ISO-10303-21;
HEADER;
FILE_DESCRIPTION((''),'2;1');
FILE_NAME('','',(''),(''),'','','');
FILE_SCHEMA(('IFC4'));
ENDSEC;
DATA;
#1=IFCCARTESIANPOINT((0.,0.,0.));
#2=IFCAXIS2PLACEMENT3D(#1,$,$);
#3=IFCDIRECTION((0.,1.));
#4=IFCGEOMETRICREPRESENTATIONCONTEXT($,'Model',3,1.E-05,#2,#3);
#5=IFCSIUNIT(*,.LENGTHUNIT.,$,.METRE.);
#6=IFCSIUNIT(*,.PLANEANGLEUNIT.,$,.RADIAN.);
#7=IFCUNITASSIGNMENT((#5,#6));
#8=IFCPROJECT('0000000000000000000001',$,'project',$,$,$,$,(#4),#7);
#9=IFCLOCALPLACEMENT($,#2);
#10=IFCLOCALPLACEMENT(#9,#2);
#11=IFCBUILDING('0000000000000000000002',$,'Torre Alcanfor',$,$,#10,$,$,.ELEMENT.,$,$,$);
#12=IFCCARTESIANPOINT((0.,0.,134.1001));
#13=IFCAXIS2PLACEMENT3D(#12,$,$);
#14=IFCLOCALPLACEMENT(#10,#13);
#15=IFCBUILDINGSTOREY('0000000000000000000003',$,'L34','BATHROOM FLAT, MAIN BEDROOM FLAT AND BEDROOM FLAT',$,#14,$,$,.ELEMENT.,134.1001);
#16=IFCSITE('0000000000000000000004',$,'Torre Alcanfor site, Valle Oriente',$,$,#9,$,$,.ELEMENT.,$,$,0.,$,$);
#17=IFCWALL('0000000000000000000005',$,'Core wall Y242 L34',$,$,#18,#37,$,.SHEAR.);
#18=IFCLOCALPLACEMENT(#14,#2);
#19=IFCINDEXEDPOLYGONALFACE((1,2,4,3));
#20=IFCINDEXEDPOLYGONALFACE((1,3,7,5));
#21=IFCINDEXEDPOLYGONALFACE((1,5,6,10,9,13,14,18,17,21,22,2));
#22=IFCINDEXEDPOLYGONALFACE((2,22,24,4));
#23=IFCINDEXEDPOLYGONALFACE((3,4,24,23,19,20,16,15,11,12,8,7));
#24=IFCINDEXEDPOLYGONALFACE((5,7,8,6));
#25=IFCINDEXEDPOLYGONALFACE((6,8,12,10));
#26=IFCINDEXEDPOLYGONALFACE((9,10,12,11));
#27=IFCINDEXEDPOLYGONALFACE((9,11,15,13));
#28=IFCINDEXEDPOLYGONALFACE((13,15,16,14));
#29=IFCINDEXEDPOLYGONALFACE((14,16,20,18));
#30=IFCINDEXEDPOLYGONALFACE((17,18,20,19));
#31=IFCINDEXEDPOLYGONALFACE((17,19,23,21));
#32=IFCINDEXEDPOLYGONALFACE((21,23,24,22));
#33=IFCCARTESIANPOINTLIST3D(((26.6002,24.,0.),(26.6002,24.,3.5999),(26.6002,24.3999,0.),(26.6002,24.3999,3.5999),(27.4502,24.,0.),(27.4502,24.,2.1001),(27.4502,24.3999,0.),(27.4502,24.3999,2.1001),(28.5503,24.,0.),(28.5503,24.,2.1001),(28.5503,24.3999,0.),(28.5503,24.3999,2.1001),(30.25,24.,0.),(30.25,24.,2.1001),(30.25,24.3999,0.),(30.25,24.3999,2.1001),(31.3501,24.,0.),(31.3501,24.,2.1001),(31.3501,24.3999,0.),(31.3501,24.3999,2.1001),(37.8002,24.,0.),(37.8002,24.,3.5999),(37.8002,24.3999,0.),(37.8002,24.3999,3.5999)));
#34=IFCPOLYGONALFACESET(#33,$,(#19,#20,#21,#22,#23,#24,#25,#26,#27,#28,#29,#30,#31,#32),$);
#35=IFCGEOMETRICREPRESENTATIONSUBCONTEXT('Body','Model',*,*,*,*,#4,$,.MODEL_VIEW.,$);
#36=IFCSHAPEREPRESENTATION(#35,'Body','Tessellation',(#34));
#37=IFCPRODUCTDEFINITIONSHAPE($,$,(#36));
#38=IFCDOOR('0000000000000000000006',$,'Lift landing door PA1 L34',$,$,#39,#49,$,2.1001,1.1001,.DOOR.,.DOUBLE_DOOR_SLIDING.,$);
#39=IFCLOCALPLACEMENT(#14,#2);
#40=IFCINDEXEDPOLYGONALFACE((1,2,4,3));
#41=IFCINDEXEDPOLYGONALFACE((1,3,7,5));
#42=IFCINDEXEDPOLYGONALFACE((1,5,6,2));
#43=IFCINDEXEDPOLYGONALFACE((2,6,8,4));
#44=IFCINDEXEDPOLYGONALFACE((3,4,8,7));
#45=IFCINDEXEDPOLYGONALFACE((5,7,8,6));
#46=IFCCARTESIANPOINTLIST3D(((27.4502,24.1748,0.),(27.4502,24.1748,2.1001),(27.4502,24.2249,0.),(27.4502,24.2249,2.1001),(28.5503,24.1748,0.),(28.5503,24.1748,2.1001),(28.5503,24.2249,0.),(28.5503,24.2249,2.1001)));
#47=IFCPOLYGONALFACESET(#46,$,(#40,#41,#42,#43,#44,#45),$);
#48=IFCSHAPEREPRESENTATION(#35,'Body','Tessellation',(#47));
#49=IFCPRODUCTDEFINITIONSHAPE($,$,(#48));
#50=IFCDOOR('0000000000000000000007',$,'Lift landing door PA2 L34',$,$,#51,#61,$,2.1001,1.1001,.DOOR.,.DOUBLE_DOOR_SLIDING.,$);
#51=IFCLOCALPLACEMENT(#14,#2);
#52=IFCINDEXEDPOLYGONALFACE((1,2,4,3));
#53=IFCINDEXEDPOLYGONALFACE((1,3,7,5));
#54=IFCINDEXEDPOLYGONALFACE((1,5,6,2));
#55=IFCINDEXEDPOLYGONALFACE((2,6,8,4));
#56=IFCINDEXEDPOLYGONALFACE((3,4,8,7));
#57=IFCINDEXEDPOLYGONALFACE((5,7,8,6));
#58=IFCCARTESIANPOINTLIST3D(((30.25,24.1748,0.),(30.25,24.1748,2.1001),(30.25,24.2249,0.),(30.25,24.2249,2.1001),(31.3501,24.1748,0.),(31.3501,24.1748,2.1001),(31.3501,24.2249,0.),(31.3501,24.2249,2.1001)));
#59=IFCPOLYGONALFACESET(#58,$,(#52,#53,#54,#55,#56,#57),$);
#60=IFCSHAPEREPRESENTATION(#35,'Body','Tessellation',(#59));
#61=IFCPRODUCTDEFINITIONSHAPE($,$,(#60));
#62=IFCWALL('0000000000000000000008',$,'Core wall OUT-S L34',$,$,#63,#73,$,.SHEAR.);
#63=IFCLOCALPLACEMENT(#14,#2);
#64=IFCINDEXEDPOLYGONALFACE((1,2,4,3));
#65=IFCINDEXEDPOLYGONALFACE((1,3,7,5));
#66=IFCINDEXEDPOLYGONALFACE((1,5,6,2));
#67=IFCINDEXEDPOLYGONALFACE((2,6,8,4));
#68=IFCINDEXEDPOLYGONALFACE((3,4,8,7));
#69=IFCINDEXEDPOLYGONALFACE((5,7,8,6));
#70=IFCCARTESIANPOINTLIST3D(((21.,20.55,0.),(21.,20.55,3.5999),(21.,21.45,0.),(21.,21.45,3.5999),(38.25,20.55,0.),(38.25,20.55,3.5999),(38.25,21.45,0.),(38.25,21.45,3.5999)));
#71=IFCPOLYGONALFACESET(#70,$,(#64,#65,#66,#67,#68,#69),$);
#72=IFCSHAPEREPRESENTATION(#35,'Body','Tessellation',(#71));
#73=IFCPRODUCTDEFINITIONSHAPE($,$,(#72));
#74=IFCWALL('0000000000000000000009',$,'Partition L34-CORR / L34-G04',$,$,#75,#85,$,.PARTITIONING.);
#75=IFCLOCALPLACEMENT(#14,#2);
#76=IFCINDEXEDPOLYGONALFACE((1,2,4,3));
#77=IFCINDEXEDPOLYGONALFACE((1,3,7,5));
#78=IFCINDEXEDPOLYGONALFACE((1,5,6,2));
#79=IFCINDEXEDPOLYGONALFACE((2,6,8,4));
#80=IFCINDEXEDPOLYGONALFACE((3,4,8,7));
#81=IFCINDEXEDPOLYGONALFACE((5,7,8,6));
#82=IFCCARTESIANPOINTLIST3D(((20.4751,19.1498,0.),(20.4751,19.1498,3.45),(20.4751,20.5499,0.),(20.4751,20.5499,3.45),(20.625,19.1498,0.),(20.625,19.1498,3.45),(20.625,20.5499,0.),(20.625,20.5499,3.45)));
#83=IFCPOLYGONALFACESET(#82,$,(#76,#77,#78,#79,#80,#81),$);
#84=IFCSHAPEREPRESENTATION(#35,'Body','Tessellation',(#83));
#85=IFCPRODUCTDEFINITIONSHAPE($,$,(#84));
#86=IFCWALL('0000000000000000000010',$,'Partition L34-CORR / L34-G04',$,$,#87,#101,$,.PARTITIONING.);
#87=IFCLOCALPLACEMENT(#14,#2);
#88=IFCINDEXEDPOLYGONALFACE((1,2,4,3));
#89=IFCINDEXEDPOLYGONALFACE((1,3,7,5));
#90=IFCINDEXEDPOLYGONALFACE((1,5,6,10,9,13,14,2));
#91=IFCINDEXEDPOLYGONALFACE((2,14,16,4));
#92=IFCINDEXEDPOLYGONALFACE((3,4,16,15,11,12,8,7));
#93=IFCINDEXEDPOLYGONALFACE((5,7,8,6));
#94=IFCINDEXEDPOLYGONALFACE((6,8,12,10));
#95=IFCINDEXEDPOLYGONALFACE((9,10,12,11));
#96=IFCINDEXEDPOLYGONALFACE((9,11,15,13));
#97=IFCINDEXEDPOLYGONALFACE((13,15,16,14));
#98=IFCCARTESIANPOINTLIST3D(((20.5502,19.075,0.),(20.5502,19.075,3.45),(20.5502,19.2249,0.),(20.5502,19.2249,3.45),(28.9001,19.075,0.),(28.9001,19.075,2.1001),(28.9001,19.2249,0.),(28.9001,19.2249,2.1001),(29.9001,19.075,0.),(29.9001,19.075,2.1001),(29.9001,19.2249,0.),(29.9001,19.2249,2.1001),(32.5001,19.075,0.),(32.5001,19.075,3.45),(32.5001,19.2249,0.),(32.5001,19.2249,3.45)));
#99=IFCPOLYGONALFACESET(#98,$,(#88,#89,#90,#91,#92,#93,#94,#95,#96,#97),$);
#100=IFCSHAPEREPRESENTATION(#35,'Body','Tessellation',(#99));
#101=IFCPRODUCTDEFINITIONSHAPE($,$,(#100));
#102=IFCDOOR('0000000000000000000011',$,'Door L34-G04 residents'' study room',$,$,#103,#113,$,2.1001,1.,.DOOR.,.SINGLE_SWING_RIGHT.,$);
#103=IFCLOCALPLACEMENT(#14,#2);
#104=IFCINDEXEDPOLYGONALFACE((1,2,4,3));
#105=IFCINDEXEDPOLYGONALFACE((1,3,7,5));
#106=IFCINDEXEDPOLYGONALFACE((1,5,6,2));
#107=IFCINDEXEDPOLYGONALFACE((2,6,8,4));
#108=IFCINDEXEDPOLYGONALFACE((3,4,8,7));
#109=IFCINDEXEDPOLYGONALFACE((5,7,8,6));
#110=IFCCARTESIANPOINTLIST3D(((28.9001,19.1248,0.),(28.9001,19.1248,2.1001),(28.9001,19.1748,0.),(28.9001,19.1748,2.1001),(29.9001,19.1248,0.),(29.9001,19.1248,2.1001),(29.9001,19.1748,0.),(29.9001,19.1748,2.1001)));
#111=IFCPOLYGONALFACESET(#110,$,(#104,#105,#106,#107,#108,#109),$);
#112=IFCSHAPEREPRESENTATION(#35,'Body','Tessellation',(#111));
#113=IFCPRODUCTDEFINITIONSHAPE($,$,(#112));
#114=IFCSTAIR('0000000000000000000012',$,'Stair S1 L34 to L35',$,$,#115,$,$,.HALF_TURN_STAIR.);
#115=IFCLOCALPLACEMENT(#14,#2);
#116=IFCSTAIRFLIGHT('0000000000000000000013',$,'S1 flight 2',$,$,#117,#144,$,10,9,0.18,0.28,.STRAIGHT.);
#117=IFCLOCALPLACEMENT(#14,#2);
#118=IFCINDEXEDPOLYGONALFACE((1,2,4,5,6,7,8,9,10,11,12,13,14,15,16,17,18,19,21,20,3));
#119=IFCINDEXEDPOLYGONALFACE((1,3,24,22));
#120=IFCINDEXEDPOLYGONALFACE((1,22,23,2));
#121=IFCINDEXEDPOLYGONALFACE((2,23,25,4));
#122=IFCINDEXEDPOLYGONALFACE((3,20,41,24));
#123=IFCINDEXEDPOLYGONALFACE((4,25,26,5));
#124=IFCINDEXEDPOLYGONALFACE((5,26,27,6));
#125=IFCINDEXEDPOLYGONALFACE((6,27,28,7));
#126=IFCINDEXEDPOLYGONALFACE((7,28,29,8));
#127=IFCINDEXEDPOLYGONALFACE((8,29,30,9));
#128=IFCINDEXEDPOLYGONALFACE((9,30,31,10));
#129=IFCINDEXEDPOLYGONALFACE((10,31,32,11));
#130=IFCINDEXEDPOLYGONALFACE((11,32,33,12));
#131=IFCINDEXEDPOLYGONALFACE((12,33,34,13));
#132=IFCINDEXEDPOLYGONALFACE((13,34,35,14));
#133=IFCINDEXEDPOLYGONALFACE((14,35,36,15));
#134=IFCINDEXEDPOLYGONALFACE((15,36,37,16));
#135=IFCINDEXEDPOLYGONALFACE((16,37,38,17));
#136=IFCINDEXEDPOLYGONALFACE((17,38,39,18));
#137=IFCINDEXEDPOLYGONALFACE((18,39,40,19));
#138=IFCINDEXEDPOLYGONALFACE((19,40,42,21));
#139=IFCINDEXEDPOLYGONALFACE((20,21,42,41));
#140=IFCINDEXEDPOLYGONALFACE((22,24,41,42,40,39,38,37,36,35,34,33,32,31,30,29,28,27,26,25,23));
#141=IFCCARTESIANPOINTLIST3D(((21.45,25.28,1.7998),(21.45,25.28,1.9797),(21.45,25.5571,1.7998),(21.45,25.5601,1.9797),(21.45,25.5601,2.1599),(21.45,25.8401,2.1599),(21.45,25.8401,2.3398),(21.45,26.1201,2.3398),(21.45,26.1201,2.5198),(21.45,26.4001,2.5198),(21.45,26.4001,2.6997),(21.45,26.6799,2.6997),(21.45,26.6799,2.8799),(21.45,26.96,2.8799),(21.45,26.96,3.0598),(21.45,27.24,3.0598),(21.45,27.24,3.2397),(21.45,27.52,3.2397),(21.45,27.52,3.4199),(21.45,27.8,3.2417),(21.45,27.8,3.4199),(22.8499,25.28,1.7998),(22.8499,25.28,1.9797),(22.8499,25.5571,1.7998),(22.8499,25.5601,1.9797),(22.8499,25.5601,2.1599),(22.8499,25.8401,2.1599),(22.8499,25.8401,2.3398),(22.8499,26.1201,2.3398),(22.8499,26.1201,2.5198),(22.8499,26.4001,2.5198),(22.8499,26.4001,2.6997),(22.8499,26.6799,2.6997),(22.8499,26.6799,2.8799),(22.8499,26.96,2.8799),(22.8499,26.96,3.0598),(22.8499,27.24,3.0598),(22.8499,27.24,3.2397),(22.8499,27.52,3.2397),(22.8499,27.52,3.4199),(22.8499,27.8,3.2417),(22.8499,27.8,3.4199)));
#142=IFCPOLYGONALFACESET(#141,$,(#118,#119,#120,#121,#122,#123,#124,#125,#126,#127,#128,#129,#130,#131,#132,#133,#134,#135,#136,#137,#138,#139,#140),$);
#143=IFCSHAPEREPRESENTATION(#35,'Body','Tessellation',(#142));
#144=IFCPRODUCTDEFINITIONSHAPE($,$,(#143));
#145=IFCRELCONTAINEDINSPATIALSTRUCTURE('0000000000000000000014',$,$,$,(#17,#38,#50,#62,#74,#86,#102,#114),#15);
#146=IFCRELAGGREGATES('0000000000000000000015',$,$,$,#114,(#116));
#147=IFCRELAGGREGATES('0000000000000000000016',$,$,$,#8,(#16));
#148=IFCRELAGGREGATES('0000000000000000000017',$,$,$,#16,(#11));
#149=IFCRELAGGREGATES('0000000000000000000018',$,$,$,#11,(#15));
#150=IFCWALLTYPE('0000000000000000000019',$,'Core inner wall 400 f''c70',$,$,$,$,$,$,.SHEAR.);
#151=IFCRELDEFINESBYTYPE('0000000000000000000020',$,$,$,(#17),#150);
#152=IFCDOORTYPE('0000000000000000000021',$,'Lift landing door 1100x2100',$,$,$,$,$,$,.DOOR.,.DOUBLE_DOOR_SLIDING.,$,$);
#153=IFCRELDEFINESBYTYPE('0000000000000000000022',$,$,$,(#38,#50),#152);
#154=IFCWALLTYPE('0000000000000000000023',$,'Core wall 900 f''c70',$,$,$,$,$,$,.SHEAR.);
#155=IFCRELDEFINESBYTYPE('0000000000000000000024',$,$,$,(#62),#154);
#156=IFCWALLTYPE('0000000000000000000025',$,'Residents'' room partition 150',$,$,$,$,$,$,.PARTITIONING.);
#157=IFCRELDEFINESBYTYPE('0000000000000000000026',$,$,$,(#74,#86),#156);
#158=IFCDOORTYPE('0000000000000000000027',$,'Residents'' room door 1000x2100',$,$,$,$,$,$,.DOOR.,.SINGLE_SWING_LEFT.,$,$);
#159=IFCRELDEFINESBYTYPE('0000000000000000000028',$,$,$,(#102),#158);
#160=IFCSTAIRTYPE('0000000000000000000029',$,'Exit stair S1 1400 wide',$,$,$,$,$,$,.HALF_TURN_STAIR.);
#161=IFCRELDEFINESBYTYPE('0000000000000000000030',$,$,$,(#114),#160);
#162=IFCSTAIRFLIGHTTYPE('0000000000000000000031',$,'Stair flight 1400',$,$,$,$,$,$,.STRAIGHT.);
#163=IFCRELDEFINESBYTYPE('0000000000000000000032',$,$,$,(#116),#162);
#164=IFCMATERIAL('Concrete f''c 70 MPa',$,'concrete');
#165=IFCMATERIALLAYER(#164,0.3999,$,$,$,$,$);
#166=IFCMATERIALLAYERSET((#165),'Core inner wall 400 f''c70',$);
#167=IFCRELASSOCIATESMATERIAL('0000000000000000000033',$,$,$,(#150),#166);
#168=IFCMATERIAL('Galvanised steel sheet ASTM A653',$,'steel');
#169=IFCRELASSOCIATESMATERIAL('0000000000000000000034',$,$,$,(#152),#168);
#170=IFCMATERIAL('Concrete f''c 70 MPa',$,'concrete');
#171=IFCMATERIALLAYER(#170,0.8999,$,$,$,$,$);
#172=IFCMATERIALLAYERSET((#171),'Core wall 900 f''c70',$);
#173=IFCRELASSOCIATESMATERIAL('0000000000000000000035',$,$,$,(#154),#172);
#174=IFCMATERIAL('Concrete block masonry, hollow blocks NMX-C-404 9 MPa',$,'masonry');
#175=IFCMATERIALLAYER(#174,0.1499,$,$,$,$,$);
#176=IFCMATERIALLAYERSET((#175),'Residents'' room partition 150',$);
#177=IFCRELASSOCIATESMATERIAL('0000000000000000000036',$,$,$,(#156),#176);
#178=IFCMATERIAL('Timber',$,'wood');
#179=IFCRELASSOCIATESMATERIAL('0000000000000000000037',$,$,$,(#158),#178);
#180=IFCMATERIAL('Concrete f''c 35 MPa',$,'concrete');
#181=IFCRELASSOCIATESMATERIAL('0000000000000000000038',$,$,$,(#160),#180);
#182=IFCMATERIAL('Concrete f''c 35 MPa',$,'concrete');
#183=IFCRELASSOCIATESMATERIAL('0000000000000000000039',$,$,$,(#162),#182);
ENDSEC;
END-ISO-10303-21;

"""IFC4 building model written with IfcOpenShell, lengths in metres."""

from ifc_helpers import new_model, si_unit, direction, frame, frame_2d, origin, place, context, subcontext, project, spatial, polyline, rectangle, outline, extrude, material, layer, layer_set, type_object, element, fill, aggregate, save


model = new_model("IFC4")

# Units and contexts
model_context = context("Model", 3, precision=1e-05, world=origin(), true_north=direction((0.0, 1.0)))
body_context = subcontext(model_context, "Body", "Model", "MODEL_VIEW")
ifc_project = project(units=[si_unit("LENGTHUNIT", "METRE"), si_unit("PLANEANGLEUNIT", "RADIAN")], contexts=[model_context])

# Site, building, storey
site_placement = place(None, origin())
site = spatial("IfcSite", under=ifc_project, at=site_placement, Name="Torre Alcanfor site, Valle Oriente", CompositionType="ELEMENT", RefElevation=0.0)
building_placement = place(site_placement, origin())
building = spatial("IfcBuilding", under=site, at=building_placement, Name="Torre Alcanfor", CompositionType="ELEMENT")
storey_placement = place(building_placement, frame((0.0, 0.0, 134.1001)))
storey = spatial("IfcBuildingStorey", under=building, at=storey_placement, Name="L34", Description="BATHROOM FLAT, MAIN BEDROOM FLAT AND BEDROOM FLAT", CompositionType="ELEMENT", Elevation=134.1001)

# Shared definitions
ifc_material_1 = material(Name="Concrete f'c 70 MPa", Category="concrete")
ifc_layer_1 = layer(ifc_material_1, 0.3999)
ifc_layer_set_1 = layer_set([ifc_layer_1], Name="Core inner wall 400 f'c70")
wall_type_1 = type_object("IfcWallType", Name="Core inner wall 400 f'c70", PredefinedType="SHEAR", material=ifc_layer_set_1)

# Wall, openings, doors
wall_1_placement = place(storey_placement, frame((26.6001, 24.2, 0.0), z_axis=(0.0, 0.0, 1.0), x_axis=(1.0, 0.0, 0.0)))
wall_1 = element("IfcWall", 1, at=wall_1_placement, inside=storey, type_object=wall_type_1, Name="Core wall Y242 L34", PredefinedType="SHEAR", context=body_context, shape_type="SweptSolid", body=[
    extrude(rectangle(XDim=11.2, YDim=0.3999, at=frame_2d((5.6001, 0.0))), origin(), (0.0, 0.0, 1.0), 3.5999),
])
opening_1_placement = place(wall_1_placement, frame((0.8501, 0.0, 0.0)))
opening_1 = element("IfcOpeningElement", 2, at=opening_1_placement, cuts=wall_1, PredefinedType="OPENING", context=body_context, shape_type="SweptSolid", body=[
    extrude(rectangle(XDim=1.1001, YDim=2.1001, at=frame_2d((0.55, 1.05))), frame((0.0, 0.21, 0.0), z_axis=(0.0, -1.0, 0.0), x_axis=(1.0, 0.0, 0.0)), (0.0, 0.0, 1.0), 0.4199),
])
opening_2_placement = place(wall_1_placement, frame((3.6499, 0.0, 0.0)))
opening_2 = element("IfcOpeningElement", 3, at=opening_2_placement, cuts=wall_1, PredefinedType="OPENING", context=body_context, shape_type="SweptSolid", body=[
    extrude(rectangle(XDim=1.1001, YDim=2.1001, at=frame_2d((0.55, 1.05))), frame((0.0, 0.21, 0.0), z_axis=(0.0, -1.0, 0.0), x_axis=(1.0, 0.0, 0.0)), (0.0, 0.0, 1.0), 0.4199),
])
ifc_material_2 = material(Name="Galvanised steel sheet ASTM A653", Category="steel")
door_type_1 = type_object("IfcDoorType", Name="Lift landing door 1100x2100", OperationType="DOUBLE_DOOR_SLIDING", PredefinedType="DOOR", material=ifc_material_2)
door_1_placement = place(opening_1_placement, origin())
door_1 = element("IfcDoor", 4, at=door_1_placement, inside=storey, type_object=door_type_1, Name="Lift landing door PA1 L34", OperationType="DOUBLE_DOOR_SLIDING", OverallHeight=2.1001, OverallWidth=1.1001, PredefinedType="DOOR", context=body_context, shape_type="SweptSolid", body=[
    extrude(rectangle(XDim=1.1001, YDim=2.1001, at=frame_2d((0.55, 1.05))), frame((0.0, 0.0249, 0.0), z_axis=(0.0, -1.0, 0.0), x_axis=(1.0, 0.0, 0.0)), (0.0, 0.0, 1.0), 0.05),
])
fill(opening_1, door_1)
door_2_placement = place(opening_2_placement, origin())
door_2 = element("IfcDoor", 5, at=door_2_placement, inside=storey, type_object=door_type_1, Name="Lift landing door PA2 L34", OperationType="DOUBLE_DOOR_SLIDING", OverallHeight=2.1001, OverallWidth=1.1001, PredefinedType="DOOR", context=body_context, shape_type="SweptSolid", body=[
    extrude(rectangle(XDim=1.1001, YDim=2.1001, at=frame_2d((0.55, 1.05))), frame((0.0, 0.0249, 0.0), z_axis=(0.0, -1.0, 0.0), x_axis=(1.0, 0.0, 0.0)), (0.0, 0.0, 1.0), 0.05),
])
fill(opening_2, door_2)

# Walls
ifc_material_3 = material(Name="Concrete f'c 70 MPa", Category="concrete")
ifc_layer_2 = layer(ifc_material_3, 0.8999)
ifc_layer_set_2 = layer_set([ifc_layer_2], Name="Core wall 900 f'c70")
wall_type_2 = type_object("IfcWallType", Name="Core wall 900 f'c70", PredefinedType="SHEAR", material=ifc_layer_set_2)
wall_2_placement = place(storey_placement, frame((21.0, 21.0, 0.0), z_axis=(0.0, 0.0, 1.0), x_axis=(1.0, 0.0, 0.0)))
element("IfcWall", 6, at=wall_2_placement, inside=storey, type_object=wall_type_2, Name="Core wall OUT-S L34", PredefinedType="SHEAR", context=body_context, shape_type="SweptSolid", body=[
    extrude(rectangle(XDim=17.25, YDim=0.8999, at=frame_2d((8.625, 0.0))), origin(), (0.0, 0.0, 1.0), 3.5999),
])
ifc_material_4 = material(Name="Concrete block masonry, hollow blocks NMX-C-404 9 MPa", Category="masonry")
ifc_layer_3 = layer(ifc_material_4, 0.1499)
ifc_layer_set_3 = layer_set([ifc_layer_3], Name="Residents' room partition 150")
wall_type_3 = type_object("IfcWallType", Name="Residents' room partition 150", PredefinedType="PARTITIONING", material=ifc_layer_set_3)
wall_3_placement = place(storey_placement, frame((20.55, 20.55, 0.0), z_axis=(0.0, 0.0, 1.0), x_axis=(0.0, -1.0, 0.0)))
element("IfcWall", 7, at=wall_3_placement, inside=storey, type_object=wall_type_3, Name="Partition L34-CORR / L34-G04", PredefinedType="PARTITIONING", context=body_context, shape_type="SweptSolid", body=[
    extrude(rectangle(XDim=1.4001, YDim=0.1499, at=frame_2d((0.7002, 0.0))), origin(), (0.0, 0.0, 1.0), 3.45),
])

# Wall, opening, door
wall_4_placement = place(storey_placement, frame((20.55, 19.1499, 0.0), z_axis=(0.0, 0.0, 1.0), x_axis=(1.0, 0.0, 0.0)))
wall_4 = element("IfcWall", 8, at=wall_4_placement, inside=storey, type_object=wall_type_3, Name="Partition L34-CORR / L34-G04", PredefinedType="PARTITIONING", context=body_context, shape_type="SweptSolid", body=[
    extrude(rectangle(XDim=11.95, YDim=0.1499, at=frame_2d((5.9751, 0.0))), origin(), (0.0, 0.0, 1.0), 3.45),
])
opening_3_placement = place(wall_4_placement, frame((8.3501, 0.0, 0.0)))
opening_3 = element("IfcOpeningElement", 9, at=opening_3_placement, cuts=wall_4, PredefinedType="OPENING", context=body_context, shape_type="SweptSolid", body=[
    extrude(rectangle(XDim=1.0, YDim=2.1001, at=frame_2d((0.5, 1.05))), frame((0.0, 0.085, 0.0), z_axis=(0.0, -1.0, 0.0), x_axis=(1.0, 0.0, 0.0)), (0.0, 0.0, 1.0), 0.1699),
])
ifc_material_5 = material(Name="Timber", Category="wood")
door_type_2 = type_object("IfcDoorType", Name="Residents' room door 1000x2100", OperationType="SINGLE_SWING_LEFT", PredefinedType="DOOR", material=ifc_material_5)
door_3_placement = place(opening_3_placement, origin())
door_3 = element("IfcDoor", 10, at=door_3_placement, inside=storey, type_object=door_type_2, Name="Door L34-G04 residents' study room", OperationType="SINGLE_SWING_RIGHT", OverallHeight=2.1001, OverallWidth=1.0, PredefinedType="DOOR", context=body_context, shape_type="SweptSolid", body=[
    extrude(rectangle(XDim=1.0, YDim=2.1001, at=frame_2d((0.5, 1.05))), frame((0.0, 0.0249, 0.0), z_axis=(0.0, -1.0, 0.0), x_axis=(1.0, 0.0, 0.0)), (0.0, 0.0, 1.0), 0.05),
])
fill(opening_3, door_3)

# Stair, stair flight
ifc_material_6 = material(Name="Concrete f'c 35 MPa", Category="concrete")
stair_type = type_object("IfcStairType", Name="Exit stair S1 1400 wide", PredefinedType="HALF_TURN_STAIR", material=ifc_material_6)
stair_placement = place(storey_placement, origin())
stair = element("IfcStair", 11, at=stair_placement, inside=storey, type_object=stair_type, Name="Stair S1 L34 to L35", PredefinedType="HALF_TURN_STAIR")
ifc_material_7 = material(Name="Concrete f'c 35 MPa", Category="concrete")
stair_flight_type = type_object("IfcStairFlightType", Name="Stair flight 1400", PredefinedType="STRAIGHT", material=ifc_material_7)
stair_flight_placement = place(storey_placement, frame((22.1499, 25.28, 1.7998), z_axis=(0.0, 0.0, 1.0), x_axis=(0.0, 1.0, 0.0)))
stair_flight = element("IfcStairFlight", 12, at=stair_flight_placement, type_object=stair_flight_type, Name="S1 flight 2", NumberOfRisers=10, NumberOfTreads=9, PredefinedType="STRAIGHT", RiserHeight=0.18, TreadLength=0.28, context=body_context, shape_type="SweptSolid", body=[
    extrude(outline(polyline([(0.0, 0.0), (0.0, 0.1799), (0.28, 0.1799), (0.28, 0.3601), (0.5601, 0.3601), (0.5601, 0.54), (0.8401, 0.54), (0.8401, 0.72), (1.1201, 0.72), (1.1201, 0.8999), (1.3999, 0.8999), (1.3999, 1.0801), (1.6799, 1.0801), (1.6799, 1.26), (1.96, 1.26), (1.96, 1.4399), (2.24, 1.4399), (2.24, 1.6201), (2.52, 1.6201), (2.52, 1.8), (2.52, 1.4419), (0.2771, 0.0), (0.0, 0.0)])), frame((0.0, 0.7, 0.0), z_axis=(0.0, -1.0, 0.0), x_axis=(1.0, 0.0, 0.0)), (0.0, 0.0, 1.0), 1.3999),
])
aggregate(stair, [stair_flight])

save(model, "model.ifc")
